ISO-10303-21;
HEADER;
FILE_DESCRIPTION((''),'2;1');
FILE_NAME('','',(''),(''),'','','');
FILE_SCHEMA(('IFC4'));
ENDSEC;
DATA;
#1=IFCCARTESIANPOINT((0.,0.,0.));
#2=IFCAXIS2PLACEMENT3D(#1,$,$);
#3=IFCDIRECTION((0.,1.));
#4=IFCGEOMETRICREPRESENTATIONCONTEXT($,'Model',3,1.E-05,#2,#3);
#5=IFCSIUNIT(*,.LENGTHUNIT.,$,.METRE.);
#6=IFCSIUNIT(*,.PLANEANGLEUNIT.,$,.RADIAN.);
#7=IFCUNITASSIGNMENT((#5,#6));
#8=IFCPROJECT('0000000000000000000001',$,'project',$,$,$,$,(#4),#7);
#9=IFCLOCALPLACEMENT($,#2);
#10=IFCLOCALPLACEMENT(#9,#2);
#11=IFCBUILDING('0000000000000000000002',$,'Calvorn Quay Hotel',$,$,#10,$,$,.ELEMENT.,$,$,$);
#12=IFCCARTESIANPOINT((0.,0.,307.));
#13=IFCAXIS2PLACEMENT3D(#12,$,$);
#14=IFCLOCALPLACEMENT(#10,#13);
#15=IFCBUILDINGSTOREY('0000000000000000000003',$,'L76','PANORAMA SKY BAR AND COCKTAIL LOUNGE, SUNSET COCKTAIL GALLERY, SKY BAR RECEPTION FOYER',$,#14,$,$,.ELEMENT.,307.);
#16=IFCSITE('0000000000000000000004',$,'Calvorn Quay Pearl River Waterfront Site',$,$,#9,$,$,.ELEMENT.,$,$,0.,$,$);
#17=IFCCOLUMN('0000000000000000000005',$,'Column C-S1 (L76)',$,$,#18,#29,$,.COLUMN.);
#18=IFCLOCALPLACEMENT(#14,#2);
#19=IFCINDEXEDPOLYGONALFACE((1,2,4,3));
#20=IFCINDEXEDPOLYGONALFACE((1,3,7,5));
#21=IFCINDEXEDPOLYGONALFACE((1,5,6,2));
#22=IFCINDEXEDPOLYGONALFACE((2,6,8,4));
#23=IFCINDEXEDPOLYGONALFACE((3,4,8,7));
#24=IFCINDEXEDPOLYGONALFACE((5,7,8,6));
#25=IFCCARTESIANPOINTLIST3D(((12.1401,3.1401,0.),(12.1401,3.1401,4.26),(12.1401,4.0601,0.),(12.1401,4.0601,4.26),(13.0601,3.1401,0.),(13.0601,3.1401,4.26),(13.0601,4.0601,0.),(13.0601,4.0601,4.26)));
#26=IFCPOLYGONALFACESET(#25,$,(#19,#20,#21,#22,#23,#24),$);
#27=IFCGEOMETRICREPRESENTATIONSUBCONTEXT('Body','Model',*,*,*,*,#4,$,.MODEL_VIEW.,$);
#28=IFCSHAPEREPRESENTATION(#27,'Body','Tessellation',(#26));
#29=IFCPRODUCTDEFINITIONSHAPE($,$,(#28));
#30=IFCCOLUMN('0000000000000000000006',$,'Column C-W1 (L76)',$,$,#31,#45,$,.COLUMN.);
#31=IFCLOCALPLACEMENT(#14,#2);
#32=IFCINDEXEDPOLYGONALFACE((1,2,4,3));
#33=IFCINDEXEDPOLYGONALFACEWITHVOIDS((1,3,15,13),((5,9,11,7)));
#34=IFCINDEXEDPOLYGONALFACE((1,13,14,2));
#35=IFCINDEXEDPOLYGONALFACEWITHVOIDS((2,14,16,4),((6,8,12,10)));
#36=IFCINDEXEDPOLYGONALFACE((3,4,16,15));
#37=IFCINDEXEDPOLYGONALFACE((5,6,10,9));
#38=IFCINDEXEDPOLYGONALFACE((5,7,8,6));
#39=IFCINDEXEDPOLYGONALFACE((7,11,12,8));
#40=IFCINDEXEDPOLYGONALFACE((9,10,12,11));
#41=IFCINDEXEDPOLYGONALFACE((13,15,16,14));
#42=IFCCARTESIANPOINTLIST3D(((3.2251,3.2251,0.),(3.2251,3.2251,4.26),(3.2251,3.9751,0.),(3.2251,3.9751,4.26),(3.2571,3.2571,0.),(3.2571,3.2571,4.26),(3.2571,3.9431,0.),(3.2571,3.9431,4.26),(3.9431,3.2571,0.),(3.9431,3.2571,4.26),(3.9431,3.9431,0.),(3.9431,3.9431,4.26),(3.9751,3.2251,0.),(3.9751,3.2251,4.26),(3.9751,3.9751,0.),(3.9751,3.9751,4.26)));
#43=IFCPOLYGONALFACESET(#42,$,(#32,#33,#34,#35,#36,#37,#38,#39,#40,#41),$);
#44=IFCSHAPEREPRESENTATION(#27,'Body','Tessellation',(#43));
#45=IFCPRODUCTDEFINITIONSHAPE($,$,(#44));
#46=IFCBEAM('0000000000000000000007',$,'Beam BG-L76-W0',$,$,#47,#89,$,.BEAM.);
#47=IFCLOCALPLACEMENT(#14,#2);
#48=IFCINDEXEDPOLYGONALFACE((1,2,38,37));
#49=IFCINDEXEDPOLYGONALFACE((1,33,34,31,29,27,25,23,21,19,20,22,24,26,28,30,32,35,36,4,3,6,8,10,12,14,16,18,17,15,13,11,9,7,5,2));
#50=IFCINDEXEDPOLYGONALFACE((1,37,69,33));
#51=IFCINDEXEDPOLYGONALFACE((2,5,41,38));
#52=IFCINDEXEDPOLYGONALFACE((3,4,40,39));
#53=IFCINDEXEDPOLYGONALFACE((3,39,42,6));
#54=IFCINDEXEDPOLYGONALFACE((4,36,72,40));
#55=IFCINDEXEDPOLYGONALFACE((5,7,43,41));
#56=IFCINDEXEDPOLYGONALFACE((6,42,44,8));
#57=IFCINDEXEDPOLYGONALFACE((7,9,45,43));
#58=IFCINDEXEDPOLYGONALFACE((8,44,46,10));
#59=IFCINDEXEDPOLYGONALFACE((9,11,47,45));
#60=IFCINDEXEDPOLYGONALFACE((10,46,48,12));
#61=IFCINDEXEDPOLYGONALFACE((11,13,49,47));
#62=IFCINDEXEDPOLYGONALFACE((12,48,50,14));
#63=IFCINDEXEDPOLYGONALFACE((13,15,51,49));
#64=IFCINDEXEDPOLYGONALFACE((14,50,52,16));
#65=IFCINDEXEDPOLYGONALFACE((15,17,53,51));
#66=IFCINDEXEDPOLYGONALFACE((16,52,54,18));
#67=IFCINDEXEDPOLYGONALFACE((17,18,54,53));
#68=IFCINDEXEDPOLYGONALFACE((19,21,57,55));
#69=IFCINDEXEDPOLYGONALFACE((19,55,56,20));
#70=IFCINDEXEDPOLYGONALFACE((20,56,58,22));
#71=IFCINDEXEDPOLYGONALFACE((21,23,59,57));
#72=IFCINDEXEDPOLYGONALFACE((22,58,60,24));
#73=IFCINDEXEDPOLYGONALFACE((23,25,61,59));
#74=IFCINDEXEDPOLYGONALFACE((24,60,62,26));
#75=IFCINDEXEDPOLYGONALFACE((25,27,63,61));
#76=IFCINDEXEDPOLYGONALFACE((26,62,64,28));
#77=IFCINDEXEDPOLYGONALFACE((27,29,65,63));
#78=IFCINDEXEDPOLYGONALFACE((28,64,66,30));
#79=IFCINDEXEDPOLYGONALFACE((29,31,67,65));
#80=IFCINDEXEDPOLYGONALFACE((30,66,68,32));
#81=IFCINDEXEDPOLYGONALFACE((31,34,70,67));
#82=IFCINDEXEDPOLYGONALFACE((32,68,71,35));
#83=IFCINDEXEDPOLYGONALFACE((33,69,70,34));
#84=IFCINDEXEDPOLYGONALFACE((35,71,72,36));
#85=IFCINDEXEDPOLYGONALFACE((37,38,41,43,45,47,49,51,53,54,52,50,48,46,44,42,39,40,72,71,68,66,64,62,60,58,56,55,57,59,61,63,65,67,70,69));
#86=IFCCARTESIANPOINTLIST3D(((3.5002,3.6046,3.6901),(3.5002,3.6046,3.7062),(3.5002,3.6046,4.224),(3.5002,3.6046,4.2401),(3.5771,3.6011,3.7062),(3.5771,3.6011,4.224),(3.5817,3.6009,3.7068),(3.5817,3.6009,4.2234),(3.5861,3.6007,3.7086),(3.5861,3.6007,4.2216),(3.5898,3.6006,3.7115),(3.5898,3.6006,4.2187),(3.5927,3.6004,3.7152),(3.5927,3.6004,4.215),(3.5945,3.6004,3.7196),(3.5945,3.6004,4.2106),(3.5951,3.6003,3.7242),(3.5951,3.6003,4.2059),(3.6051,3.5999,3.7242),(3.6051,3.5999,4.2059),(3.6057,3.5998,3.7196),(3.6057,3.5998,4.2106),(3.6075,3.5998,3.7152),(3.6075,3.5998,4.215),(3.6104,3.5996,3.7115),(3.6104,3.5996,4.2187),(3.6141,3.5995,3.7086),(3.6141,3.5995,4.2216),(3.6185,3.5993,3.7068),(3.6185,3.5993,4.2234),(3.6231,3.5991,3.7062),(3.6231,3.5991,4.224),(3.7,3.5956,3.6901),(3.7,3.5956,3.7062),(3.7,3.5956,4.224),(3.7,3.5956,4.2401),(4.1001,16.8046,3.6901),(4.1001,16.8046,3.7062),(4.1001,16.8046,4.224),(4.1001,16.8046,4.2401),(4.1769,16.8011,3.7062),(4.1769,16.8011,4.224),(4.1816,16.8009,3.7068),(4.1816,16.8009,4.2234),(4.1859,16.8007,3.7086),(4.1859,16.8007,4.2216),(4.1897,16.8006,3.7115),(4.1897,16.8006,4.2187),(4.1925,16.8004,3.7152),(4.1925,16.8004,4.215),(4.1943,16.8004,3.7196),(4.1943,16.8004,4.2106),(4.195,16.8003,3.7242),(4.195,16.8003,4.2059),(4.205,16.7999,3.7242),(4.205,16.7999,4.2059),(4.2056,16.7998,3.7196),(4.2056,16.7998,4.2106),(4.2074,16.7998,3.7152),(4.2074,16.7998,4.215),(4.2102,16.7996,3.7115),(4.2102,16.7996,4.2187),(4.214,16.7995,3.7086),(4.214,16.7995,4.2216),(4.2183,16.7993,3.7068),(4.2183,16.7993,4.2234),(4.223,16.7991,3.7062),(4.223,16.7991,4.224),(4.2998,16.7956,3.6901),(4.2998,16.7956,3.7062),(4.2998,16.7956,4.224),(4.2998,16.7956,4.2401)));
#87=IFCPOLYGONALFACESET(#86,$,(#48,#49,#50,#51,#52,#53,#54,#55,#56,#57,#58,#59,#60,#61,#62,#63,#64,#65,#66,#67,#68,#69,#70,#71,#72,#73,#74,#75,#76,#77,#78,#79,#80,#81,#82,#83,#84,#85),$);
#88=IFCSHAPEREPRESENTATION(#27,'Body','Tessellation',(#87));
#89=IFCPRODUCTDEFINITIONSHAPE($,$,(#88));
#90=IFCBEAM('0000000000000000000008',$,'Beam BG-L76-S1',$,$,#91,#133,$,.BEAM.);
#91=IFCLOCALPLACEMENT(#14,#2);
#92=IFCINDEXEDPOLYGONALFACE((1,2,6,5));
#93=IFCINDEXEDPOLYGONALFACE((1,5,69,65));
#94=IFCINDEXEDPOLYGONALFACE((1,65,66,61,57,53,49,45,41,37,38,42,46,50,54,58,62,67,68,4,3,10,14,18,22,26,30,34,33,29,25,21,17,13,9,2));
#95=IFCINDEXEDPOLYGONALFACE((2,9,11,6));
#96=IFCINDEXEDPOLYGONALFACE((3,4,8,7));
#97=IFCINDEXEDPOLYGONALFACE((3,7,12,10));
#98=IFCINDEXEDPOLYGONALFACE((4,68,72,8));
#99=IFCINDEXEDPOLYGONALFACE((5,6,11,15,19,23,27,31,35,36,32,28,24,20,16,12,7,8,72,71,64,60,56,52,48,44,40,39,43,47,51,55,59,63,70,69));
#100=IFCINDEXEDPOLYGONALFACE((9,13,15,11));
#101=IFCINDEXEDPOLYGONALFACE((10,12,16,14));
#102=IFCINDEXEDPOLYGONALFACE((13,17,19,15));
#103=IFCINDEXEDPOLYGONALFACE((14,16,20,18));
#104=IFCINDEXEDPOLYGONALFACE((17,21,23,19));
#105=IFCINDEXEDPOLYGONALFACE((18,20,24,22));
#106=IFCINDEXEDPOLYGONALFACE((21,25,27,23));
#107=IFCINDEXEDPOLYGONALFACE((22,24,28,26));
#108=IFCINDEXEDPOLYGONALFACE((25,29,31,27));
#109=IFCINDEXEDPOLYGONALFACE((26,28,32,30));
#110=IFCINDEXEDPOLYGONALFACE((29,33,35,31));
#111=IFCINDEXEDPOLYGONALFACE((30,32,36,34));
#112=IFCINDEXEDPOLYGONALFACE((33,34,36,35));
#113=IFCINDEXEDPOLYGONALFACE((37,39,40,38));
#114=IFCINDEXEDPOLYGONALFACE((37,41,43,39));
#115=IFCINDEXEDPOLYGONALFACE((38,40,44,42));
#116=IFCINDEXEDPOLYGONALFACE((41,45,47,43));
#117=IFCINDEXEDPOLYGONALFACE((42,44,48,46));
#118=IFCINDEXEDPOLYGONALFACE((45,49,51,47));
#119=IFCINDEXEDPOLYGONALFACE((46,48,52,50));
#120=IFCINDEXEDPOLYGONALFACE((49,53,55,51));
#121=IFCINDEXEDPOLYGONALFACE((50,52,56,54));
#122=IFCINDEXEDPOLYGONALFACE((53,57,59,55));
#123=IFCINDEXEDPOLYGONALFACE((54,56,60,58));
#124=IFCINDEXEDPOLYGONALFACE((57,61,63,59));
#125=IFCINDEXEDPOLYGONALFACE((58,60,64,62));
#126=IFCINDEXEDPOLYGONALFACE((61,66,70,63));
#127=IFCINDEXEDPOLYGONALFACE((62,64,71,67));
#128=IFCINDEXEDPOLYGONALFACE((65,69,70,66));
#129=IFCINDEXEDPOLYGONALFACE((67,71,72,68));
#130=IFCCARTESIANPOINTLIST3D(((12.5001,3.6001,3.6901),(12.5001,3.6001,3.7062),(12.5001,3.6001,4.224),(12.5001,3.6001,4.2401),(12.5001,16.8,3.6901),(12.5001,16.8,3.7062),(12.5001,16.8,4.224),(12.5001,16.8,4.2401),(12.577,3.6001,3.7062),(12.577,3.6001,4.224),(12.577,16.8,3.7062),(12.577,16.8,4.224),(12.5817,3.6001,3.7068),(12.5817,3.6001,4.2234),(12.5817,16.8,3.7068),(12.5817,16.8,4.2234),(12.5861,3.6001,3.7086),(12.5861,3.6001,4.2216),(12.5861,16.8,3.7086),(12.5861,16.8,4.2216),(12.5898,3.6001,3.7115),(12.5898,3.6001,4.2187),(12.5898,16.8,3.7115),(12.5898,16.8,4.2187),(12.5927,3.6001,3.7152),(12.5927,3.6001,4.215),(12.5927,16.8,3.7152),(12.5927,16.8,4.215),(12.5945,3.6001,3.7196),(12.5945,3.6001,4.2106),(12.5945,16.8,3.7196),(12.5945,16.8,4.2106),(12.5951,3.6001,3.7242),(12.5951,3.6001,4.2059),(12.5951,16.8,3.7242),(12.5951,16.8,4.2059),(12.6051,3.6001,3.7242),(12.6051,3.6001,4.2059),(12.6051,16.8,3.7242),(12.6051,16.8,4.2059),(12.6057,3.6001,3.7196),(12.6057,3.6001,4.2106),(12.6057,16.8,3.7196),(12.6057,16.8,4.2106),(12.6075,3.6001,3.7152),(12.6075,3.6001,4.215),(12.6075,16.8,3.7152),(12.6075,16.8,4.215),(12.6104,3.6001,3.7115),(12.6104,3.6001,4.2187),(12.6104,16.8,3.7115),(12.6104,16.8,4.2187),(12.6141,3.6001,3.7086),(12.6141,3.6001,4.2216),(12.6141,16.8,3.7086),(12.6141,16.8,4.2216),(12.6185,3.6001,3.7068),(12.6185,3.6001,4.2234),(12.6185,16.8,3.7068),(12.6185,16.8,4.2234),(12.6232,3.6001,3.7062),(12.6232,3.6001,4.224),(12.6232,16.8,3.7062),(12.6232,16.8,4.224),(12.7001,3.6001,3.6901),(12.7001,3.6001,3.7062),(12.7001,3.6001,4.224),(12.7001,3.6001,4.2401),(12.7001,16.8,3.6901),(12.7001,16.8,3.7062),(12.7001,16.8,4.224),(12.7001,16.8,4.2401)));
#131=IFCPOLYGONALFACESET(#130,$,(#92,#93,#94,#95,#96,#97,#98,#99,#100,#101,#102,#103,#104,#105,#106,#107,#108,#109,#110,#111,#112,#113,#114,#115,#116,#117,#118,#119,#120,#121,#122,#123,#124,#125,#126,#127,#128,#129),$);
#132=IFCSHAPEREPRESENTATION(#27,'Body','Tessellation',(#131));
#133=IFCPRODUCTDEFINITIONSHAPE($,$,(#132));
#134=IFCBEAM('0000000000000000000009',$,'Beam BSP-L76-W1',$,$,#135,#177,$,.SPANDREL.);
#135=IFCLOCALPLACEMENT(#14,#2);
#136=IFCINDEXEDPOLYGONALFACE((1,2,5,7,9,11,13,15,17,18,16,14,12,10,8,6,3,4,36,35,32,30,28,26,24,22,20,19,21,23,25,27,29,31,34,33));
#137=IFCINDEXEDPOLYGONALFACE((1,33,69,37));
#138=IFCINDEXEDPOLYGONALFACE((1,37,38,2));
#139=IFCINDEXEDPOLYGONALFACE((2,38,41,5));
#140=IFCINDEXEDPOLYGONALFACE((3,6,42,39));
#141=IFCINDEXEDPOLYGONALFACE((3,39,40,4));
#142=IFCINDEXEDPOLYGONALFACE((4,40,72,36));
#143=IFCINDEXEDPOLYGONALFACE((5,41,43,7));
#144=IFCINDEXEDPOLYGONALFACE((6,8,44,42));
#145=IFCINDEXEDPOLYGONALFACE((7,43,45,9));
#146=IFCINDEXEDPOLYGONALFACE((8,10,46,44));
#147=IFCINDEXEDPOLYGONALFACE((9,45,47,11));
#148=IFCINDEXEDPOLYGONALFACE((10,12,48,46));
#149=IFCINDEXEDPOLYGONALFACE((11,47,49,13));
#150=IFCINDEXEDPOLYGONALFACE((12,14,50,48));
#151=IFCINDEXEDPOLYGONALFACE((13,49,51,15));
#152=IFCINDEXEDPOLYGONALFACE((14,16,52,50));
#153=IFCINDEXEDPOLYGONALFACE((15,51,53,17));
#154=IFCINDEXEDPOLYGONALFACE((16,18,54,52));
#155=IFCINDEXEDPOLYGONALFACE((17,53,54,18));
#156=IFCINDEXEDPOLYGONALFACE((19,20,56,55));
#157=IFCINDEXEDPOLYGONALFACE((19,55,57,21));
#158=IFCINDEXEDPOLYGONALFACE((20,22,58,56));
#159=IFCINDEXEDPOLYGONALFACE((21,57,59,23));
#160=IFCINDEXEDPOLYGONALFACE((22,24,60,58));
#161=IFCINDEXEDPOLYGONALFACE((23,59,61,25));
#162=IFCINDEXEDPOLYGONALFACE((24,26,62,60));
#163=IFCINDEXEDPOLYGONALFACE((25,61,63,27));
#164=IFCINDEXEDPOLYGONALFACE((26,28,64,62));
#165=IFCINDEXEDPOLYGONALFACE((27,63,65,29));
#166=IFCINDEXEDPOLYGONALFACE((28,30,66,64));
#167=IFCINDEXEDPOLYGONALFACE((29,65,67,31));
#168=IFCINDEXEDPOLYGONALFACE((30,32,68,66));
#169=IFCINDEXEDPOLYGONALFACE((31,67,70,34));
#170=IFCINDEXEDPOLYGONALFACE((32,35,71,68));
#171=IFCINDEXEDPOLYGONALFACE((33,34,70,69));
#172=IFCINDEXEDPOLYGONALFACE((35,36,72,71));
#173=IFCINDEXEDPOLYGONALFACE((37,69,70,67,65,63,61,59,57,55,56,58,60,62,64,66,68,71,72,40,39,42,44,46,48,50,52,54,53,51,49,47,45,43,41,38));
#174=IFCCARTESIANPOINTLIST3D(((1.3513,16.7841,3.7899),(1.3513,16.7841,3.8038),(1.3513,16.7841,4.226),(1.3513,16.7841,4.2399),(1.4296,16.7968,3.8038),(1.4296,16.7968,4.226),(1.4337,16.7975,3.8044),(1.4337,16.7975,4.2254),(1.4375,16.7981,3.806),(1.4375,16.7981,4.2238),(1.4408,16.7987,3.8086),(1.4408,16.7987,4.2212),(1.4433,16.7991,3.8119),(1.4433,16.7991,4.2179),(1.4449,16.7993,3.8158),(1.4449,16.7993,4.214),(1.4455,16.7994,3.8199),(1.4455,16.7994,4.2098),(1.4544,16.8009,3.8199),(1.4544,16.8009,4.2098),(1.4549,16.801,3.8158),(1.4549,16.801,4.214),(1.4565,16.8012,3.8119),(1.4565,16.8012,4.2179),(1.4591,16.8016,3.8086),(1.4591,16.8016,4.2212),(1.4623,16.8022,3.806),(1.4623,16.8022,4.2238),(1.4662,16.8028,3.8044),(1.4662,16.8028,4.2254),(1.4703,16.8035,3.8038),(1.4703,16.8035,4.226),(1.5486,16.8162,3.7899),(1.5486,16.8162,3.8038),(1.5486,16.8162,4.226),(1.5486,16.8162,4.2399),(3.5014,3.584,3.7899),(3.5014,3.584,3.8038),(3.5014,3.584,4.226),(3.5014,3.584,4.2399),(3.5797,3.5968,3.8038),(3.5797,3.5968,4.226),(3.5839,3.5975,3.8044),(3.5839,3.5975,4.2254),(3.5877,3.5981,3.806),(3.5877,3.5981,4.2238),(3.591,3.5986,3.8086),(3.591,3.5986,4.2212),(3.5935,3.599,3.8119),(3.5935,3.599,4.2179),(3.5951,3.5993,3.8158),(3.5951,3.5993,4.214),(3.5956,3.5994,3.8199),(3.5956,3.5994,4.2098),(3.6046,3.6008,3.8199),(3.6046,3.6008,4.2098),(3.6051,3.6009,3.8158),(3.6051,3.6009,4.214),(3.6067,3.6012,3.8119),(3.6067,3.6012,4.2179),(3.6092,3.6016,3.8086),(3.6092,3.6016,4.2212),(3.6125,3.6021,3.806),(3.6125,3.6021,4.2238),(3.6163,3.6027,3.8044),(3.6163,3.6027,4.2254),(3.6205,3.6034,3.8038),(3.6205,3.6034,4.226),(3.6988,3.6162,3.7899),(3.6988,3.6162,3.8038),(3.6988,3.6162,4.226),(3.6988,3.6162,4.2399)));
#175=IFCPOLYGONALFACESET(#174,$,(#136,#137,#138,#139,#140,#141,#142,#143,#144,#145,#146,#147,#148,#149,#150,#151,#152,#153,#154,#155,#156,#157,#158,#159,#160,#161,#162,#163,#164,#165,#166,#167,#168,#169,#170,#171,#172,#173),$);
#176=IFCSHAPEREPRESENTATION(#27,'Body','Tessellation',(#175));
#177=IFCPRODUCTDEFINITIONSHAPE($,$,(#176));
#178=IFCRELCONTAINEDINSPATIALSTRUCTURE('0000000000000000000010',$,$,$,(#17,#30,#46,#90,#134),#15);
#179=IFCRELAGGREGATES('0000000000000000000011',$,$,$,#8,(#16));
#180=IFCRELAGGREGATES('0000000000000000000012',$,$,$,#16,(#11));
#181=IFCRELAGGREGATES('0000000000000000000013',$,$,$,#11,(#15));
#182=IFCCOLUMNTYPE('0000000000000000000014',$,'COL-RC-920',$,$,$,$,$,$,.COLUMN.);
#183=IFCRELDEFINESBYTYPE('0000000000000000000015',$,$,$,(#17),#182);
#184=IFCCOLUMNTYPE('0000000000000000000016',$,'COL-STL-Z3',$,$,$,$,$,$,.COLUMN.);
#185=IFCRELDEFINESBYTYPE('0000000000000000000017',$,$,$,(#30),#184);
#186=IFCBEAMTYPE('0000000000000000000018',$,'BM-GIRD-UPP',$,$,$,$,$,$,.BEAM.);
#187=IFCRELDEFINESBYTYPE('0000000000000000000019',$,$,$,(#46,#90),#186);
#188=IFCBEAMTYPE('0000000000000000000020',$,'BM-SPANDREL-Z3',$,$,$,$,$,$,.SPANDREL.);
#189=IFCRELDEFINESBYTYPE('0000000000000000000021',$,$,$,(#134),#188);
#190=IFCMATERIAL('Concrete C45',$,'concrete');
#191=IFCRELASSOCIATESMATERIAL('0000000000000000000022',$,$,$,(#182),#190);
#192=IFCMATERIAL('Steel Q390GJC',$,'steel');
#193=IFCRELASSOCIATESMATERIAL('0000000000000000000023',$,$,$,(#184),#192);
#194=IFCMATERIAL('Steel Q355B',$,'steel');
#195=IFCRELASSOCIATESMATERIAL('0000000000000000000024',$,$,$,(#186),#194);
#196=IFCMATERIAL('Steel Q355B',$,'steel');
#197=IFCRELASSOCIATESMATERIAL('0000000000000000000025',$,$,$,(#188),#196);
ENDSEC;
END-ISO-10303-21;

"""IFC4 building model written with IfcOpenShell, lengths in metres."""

from ifc_helpers import new_model, si_unit, direction, frame, origin, origin_2d, place, context, subcontext, project, spatial, rectangle, hollow_rectangle, i_section, extrude, material, material_profile, profile_set, type_object, element, save


model = new_model("IFC4")

# Units and contexts
model_context = context("Model", 3, precision=1e-05, world=origin(), true_north=direction((0.0, 1.0)))
body_context = subcontext(model_context, "Body", "Model", "MODEL_VIEW")
ifc_project = project(units=[si_unit("LENGTHUNIT", "METRE"), si_unit("PLANEANGLEUNIT", "RADIAN")], contexts=[model_context])

# Site, building, storey
site_placement = place(None, origin())
site = spatial("IfcSite", under=ifc_project, at=site_placement, Name="Calvorn Quay Pearl River Waterfront Site", CompositionType="ELEMENT", RefElevation=0.0)
building_placement = place(site_placement, origin())
building = spatial("IfcBuilding", under=site, at=building_placement, Name="Calvorn Quay Hotel", CompositionType="ELEMENT")
storey_placement = place(building_placement, frame((0.0, 0.0, 307.0)))
storey = spatial("IfcBuildingStorey", under=building, at=storey_placement, Name="L76", Description="PANORAMA SKY BAR AND COCKTAIL LOUNGE, SUNSET COCKTAIL GALLERY, SKY BAR RECEPTION FOYER", CompositionType="ELEMENT", Elevation=307.0)

# Columns
ifc_material_1 = material(Name="Concrete C45", Category="concrete")
ifc_material_profile_1 = material_profile(ifc_material_1, rectangle(XDim=0.9199, YDim=0.9199, at=origin_2d()), Name="RC920x920")
ifc_profile_set_1 = profile_set([ifc_material_profile_1], Name="Concrete C45")
column_type_1 = type_object("IfcColumnType", Name="COL-RC-920", PredefinedType="COLUMN", material=ifc_profile_set_1)
column_1_placement = place(storey_placement, frame((12.6001, 3.6001, 0.0), z_axis=(0.0, 0.0, 1.0), x_axis=(1.0, 0.0, 0.0)))
element("IfcColumn", 1, at=column_1_placement, inside=storey, type_object=column_type_1, Name="Column C-S1 (L76)", PredefinedType="COLUMN", context=body_context, shape_type="SweptSolid", body=[
    extrude(rectangle(XDim=0.9199, YDim=0.9199, at=origin_2d()), origin(), (0.0, 0.0, 1.0), 4.26),
])
ifc_material_2 = material(Name="Steel Q390GJC", Category="steel")
ifc_material_profile_2 = material_profile(ifc_material_2, hollow_rectangle(XDim=0.75, YDim=0.75, WallThickness=0.032, at=origin_2d()), Name="BOX750x750x32")
ifc_profile_set_2 = profile_set([ifc_material_profile_2], Name="Steel Q390GJC")
column_type_2 = type_object("IfcColumnType", Name="COL-STL-Z3", PredefinedType="COLUMN", material=ifc_profile_set_2)
column_2_placement = place(storey_placement, frame((3.6001, 3.6001, 0.0), z_axis=(0.0, 0.0, 1.0), x_axis=(1.0, 0.0, 0.0)))
element("IfcColumn", 2, at=column_2_placement, inside=storey, type_object=column_type_2, Name="Column C-W1 (L76)", PredefinedType="COLUMN", context=body_context, shape_type="SweptSolid", body=[
    extrude(hollow_rectangle(XDim=0.75, YDim=0.75, WallThickness=0.032, at=origin_2d()), origin(), (0.0, 0.0, 1.0), 4.26),
])

# Beams
ifc_material_3 = material(Name="Steel Q355B", Category="steel")
ifc_material_profile_3 = material_profile(ifc_material_3, i_section(OverallWidth=0.2, OverallDepth=0.55, WebThickness=0.01, FlangeThickness=0.0161, FilletRadius=0.0181, at=origin_2d()), Name="HN550x200x10x16")
ifc_profile_set_3 = profile_set([ifc_material_profile_3], Name="Steel Q355B")
beam_type_1 = type_object("IfcBeamType", Name="BM-GIRD-UPP", PredefinedType="BEAM", material=ifc_profile_set_3)
beam_1_placement = place(storey_placement, frame((3.6001, 3.6001, 3.9651), z_axis=(0.045397, 0.998969, 0.0), x_axis=(-0.998969, 0.045397, 0.0)))
element("IfcBeam", 3, at=beam_1_placement, inside=storey, type_object=beam_type_1, Name="Beam BG-L76-W0", PredefinedType="BEAM", context=body_context, shape_type="SweptSolid", body=[
    extrude(i_section(OverallWidth=0.2, OverallDepth=0.55, WebThickness=0.01, FlangeThickness=0.0161, FilletRadius=0.0181, at=origin_2d()), origin(), (0.0, 0.0, 1.0), 13.2136),
])
beam_2_placement = place(storey_placement, frame((12.6001, 3.6001, 3.9651), z_axis=(0.0, 1.0, 0.0), x_axis=(-1.0, 0.0, 0.0)))
element("IfcBeam", 4, at=beam_2_placement, inside=storey, type_object=beam_type_1, Name="Beam BG-L76-S1", PredefinedType="BEAM", context=body_context, shape_type="SweptSolid", body=[
    extrude(i_section(OverallWidth=0.2, OverallDepth=0.55, WebThickness=0.01, FlangeThickness=0.0161, FilletRadius=0.0181, at=origin_2d()), origin(), (0.0, 0.0, 1.0), 13.2),
])
ifc_material_4 = material(Name="Steel Q355B", Category="steel")
ifc_material_profile_4 = material_profile(ifc_material_4, i_section(OverallWidth=0.2, OverallDepth=0.45, WebThickness=0.009, FlangeThickness=0.0139, FilletRadius=0.0161, at=origin_2d()), Name="HN450x200x9x14")
ifc_profile_set_4 = profile_set([ifc_material_profile_4], Name="Steel Q355B")
beam_type_2 = type_object("IfcBeamType", Name="BM-SPANDREL-Z3", PredefinedType="SPANDREL", material=ifc_profile_set_4)
beam_3_placement = place(storey_placement, frame((3.6001, 3.6001, 4.0149), z_axis=(-0.160772, 0.986992, 0.0), x_axis=(-0.986992, -0.160772, 0.0)))
element("IfcBeam", 5, at=beam_3_placement, inside=storey, type_object=beam_type_2, Name="Beam BSP-L76-W1", PredefinedType="SPANDREL", context=body_context, shape_type="SweptSolid", body=[
    extrude(i_section(OverallWidth=0.2, OverallDepth=0.45, WebThickness=0.009, FlangeThickness=0.0139, FilletRadius=0.0161, at=origin_2d()), origin(), (0.0, 0.0, 1.0), 13.374),
])

save(model, "model.ifc")
